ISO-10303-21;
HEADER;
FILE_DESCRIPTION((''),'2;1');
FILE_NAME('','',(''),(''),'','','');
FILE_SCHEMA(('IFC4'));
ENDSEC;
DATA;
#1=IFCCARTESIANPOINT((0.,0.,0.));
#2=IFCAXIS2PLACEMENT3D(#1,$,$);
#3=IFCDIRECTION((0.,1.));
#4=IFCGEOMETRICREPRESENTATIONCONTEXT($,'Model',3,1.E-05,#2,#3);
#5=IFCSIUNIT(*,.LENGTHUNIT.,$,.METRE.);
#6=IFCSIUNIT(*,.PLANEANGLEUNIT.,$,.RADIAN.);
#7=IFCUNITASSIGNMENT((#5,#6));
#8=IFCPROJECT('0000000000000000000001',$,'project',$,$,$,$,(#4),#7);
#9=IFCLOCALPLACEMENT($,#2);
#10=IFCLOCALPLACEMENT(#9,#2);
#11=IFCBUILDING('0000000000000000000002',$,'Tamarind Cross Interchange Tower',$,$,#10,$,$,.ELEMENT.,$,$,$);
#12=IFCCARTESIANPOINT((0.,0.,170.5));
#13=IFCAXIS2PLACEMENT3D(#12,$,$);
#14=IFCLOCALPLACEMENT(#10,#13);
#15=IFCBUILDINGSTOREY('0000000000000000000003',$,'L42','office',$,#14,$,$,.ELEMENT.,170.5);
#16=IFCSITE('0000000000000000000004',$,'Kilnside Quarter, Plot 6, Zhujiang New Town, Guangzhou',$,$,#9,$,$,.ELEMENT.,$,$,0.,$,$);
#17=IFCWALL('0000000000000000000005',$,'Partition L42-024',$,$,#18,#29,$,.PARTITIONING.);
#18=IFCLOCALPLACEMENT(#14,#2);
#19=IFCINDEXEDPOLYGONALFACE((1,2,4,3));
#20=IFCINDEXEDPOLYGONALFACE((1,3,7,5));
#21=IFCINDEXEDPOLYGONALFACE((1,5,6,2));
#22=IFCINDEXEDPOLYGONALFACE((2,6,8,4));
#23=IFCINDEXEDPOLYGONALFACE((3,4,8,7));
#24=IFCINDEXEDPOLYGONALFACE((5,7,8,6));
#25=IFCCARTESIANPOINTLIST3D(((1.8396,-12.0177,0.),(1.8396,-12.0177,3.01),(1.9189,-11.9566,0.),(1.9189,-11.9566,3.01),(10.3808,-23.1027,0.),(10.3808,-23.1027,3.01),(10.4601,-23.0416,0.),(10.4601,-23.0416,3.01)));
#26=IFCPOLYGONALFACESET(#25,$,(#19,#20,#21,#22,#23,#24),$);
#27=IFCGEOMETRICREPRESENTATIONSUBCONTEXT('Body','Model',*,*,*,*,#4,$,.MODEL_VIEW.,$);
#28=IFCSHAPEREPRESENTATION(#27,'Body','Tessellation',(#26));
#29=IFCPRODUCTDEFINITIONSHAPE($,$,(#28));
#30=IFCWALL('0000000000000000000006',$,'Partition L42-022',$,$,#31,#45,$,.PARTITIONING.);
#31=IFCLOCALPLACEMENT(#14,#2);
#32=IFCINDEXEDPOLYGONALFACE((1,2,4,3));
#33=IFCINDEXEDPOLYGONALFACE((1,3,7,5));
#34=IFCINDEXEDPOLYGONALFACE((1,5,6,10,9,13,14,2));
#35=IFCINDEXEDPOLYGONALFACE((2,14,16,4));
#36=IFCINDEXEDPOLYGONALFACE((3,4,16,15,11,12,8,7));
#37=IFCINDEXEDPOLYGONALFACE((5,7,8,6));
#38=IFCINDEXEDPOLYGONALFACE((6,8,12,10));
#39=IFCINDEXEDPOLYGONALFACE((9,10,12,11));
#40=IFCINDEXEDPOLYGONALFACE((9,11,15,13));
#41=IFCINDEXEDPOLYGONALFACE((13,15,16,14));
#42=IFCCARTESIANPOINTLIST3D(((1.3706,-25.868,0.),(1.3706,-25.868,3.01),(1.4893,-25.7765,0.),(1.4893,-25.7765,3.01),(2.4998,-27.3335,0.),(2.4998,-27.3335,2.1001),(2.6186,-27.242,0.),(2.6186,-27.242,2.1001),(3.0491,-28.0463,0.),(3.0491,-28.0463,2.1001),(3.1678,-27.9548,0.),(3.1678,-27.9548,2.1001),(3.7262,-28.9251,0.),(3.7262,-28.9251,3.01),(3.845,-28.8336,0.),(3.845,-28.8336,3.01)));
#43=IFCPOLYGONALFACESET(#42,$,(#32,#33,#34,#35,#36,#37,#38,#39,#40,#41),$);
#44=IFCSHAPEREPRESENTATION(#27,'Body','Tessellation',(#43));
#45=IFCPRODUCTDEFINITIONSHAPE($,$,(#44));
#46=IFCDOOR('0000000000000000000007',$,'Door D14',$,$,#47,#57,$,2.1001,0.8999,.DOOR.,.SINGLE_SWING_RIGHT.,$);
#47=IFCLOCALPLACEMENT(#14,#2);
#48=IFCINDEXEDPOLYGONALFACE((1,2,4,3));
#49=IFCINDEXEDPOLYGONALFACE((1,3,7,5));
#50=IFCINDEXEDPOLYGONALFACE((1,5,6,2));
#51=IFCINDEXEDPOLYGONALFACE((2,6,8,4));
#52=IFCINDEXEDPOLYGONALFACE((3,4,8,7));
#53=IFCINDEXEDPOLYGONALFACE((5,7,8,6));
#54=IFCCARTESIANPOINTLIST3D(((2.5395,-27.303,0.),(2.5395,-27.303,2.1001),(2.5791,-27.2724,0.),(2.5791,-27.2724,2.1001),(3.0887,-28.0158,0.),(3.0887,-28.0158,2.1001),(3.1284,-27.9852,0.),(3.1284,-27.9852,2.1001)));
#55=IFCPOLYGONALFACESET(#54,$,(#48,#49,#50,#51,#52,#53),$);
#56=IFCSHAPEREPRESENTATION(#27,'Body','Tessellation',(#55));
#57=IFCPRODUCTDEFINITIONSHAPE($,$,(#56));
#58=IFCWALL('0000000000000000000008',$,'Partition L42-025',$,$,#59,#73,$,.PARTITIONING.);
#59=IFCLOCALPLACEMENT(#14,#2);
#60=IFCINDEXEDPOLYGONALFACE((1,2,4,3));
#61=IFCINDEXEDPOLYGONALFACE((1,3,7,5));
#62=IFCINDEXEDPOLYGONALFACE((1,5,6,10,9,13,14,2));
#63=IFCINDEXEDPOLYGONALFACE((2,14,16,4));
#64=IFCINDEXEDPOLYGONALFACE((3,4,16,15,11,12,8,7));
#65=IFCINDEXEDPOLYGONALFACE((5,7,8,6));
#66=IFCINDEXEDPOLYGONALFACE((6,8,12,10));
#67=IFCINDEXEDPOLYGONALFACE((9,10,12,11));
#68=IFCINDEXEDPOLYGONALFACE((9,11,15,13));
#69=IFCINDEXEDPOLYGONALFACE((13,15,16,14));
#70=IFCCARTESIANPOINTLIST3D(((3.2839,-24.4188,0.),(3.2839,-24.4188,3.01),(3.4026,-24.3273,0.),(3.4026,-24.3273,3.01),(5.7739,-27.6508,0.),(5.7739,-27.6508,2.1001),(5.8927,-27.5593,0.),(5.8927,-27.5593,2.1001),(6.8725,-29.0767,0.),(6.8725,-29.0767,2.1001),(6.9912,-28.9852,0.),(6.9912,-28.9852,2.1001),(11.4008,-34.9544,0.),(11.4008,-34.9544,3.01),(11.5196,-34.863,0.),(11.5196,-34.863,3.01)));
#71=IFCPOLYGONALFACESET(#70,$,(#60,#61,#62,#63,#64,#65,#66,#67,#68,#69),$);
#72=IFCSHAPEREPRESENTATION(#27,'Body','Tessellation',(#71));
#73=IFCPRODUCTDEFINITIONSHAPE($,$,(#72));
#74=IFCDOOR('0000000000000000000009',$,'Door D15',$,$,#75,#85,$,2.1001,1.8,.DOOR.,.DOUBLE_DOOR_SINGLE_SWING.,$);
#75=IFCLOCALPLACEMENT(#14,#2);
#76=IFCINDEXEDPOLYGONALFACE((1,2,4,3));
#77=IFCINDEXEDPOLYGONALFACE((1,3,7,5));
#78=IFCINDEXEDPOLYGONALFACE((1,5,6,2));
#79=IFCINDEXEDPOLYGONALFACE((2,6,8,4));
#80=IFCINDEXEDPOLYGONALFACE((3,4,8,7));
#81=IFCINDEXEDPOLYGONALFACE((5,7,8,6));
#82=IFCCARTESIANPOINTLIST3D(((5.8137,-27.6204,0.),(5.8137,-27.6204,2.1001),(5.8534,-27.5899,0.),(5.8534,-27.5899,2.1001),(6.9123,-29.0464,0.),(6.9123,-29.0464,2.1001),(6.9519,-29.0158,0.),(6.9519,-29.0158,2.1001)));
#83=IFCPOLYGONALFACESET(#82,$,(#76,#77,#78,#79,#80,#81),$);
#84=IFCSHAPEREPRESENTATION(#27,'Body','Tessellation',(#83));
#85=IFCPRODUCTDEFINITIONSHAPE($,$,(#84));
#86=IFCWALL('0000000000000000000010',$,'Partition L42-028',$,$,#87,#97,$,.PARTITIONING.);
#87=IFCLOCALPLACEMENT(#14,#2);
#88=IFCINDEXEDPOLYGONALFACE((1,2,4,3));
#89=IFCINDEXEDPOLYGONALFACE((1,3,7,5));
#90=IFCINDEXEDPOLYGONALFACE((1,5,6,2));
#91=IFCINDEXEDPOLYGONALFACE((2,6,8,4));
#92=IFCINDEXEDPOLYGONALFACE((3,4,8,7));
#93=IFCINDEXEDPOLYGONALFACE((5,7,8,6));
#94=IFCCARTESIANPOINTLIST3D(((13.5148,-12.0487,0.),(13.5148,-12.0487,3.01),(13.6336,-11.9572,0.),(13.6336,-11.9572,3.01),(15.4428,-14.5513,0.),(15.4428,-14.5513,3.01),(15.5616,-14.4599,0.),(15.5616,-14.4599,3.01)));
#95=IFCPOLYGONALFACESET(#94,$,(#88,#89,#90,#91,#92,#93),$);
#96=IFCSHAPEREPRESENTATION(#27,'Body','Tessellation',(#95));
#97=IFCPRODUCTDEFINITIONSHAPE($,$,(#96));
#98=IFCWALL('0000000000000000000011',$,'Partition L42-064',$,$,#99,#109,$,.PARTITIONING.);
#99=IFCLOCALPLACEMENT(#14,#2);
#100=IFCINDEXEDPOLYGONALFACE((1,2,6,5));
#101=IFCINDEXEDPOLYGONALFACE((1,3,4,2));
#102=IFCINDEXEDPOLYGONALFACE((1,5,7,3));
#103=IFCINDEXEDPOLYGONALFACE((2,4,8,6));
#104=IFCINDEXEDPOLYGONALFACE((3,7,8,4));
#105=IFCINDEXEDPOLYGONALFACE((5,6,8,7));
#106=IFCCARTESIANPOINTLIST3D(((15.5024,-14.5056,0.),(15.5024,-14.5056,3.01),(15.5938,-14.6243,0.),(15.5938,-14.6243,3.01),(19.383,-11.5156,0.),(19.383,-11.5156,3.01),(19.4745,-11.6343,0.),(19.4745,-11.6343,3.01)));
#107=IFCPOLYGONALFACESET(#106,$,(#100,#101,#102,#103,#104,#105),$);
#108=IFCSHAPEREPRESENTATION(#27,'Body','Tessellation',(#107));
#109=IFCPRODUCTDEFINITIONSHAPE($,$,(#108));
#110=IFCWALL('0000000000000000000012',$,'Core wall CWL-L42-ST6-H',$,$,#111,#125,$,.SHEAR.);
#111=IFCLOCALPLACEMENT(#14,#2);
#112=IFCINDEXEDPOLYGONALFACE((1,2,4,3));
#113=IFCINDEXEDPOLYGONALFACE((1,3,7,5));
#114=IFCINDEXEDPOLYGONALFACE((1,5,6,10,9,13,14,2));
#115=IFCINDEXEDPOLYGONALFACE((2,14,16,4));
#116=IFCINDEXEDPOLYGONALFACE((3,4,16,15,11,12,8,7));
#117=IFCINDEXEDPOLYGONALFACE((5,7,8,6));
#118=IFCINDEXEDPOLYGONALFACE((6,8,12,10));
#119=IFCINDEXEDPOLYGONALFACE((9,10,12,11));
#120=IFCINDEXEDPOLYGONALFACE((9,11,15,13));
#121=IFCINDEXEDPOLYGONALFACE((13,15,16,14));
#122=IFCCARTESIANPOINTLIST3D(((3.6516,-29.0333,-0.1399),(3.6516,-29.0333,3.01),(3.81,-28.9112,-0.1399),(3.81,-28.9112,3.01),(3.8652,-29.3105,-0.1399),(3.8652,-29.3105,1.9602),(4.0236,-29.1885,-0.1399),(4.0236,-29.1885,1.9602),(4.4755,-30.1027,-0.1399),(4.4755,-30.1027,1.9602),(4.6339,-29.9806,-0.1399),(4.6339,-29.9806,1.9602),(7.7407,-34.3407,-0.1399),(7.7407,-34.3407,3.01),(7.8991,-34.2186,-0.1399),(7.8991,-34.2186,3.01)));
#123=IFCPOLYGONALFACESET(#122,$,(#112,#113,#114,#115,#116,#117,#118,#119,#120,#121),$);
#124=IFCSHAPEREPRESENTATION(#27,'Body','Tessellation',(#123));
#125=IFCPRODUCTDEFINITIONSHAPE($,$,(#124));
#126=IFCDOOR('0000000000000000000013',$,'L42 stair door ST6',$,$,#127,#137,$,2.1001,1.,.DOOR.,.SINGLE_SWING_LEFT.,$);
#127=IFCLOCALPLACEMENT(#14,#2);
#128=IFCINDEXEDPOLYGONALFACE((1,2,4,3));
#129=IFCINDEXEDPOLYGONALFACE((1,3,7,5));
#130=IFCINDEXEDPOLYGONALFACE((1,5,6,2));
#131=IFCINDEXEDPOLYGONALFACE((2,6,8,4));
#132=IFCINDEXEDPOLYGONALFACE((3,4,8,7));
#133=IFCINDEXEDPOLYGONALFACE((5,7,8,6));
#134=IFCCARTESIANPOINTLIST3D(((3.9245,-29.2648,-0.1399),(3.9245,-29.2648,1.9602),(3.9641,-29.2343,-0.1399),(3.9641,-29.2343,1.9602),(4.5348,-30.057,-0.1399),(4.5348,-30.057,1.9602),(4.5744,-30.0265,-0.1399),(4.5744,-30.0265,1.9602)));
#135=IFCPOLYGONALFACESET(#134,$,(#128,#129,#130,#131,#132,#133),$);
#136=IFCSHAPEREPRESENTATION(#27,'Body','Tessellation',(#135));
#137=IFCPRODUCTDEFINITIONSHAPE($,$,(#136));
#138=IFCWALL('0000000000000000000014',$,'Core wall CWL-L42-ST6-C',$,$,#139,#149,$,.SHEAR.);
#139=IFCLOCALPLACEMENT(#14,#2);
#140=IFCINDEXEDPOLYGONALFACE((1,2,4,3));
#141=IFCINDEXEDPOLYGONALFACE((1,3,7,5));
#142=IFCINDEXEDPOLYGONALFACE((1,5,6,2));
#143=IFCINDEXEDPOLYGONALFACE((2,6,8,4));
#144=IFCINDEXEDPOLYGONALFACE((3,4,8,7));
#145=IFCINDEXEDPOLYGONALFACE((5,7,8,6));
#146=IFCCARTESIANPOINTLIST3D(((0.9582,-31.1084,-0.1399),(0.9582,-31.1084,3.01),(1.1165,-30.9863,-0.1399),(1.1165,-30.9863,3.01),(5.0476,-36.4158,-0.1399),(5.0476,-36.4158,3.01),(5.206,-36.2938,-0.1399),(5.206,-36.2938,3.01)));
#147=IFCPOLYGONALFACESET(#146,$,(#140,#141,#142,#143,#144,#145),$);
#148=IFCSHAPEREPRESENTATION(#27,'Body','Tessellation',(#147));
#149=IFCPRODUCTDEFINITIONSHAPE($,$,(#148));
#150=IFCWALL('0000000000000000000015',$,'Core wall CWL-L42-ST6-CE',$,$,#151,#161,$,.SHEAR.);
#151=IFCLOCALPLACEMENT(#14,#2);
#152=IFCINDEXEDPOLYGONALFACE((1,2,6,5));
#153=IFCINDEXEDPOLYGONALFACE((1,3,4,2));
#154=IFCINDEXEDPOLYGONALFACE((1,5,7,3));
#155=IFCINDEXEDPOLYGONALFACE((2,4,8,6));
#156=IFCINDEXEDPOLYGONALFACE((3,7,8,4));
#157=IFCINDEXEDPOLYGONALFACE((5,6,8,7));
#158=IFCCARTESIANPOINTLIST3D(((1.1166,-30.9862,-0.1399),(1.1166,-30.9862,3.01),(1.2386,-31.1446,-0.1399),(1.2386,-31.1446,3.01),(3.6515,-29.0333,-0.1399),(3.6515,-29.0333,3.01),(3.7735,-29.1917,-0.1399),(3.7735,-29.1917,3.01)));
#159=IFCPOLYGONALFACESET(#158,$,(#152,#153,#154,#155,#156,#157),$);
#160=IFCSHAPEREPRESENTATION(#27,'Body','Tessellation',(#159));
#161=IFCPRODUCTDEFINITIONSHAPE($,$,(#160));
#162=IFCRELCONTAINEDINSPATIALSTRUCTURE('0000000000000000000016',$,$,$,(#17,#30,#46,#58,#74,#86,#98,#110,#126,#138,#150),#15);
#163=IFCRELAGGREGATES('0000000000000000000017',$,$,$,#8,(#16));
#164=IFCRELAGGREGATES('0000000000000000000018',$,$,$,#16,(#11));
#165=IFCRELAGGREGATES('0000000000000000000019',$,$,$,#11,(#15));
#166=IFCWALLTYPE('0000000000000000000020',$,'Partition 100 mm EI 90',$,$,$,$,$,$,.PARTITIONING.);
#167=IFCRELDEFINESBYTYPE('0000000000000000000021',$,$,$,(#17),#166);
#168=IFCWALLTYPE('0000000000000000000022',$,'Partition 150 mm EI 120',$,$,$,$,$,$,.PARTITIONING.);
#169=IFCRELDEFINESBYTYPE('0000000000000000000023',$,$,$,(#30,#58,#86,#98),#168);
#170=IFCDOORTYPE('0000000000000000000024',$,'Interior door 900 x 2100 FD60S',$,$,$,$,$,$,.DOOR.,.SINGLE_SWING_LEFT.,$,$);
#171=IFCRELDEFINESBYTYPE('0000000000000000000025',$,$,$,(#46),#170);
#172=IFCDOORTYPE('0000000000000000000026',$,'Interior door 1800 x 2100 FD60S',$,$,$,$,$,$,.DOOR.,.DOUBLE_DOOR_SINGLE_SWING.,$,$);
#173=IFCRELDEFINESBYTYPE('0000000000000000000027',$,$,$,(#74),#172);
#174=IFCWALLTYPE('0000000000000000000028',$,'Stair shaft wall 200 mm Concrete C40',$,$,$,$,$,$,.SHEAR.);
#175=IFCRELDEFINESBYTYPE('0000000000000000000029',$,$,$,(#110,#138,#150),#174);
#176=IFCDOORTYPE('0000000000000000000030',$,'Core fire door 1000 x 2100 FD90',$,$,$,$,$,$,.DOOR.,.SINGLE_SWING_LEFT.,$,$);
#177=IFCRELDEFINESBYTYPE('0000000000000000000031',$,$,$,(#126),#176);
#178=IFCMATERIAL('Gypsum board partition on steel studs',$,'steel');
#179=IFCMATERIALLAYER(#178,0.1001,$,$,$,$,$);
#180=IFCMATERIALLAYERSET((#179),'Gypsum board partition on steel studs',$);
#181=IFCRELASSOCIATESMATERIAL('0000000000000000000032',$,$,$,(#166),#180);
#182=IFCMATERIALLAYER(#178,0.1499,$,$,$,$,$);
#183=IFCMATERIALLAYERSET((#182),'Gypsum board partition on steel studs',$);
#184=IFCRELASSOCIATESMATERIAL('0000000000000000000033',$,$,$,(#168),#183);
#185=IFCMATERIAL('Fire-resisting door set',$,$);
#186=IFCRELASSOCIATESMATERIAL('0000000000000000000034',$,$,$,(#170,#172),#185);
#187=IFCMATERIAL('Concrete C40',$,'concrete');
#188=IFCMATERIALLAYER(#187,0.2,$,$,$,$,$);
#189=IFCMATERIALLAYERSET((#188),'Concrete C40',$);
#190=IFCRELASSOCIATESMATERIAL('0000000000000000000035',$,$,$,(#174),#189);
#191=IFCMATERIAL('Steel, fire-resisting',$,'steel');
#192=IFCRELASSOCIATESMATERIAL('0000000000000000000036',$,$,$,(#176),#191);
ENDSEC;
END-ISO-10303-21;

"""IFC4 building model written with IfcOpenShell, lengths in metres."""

from ifc_helpers import new_model, si_unit, direction, frame, frame_2d, origin, place, context, subcontext, project, spatial, rectangle, extrude, material, layer, layer_set, type_object, element, fill, save


model = new_model("IFC4")

# Units and contexts
model_context = context("Model", 3, precision=1e-05, world=origin(), true_north=direction((0.0, 1.0)))
body_context = subcontext(model_context, "Body", "Model", "MODEL_VIEW")
ifc_project = project(units=[si_unit("LENGTHUNIT", "METRE"), si_unit("PLANEANGLEUNIT", "RADIAN")], contexts=[model_context])

# Site, building, storey
site_placement = place(None, origin())
site = spatial("IfcSite", under=ifc_project, at=site_placement, Name="Kilnside Quarter, Plot 6, Zhujiang New Town, Guangzhou", CompositionType="ELEMENT", RefElevation=0.0)
building_placement = place(site_placement, origin())
building = spatial("IfcBuilding", under=site, at=building_placement, Name="Tamarind Cross Interchange Tower", CompositionType="ELEMENT")
storey_placement = place(building_placement, frame((0.0, 0.0, 170.5)))
storey = spatial("IfcBuildingStorey", under=building, at=storey_placement, Name="L42", Description="office", CompositionType="ELEMENT", Elevation=170.5)

# Wall
ifc_material_1 = material(Name="Gypsum board partition on steel studs", Category="steel")
ifc_layer_1 = layer(ifc_material_1, 0.1001)
ifc_layer_set_1 = layer_set([ifc_layer_1], Name="Gypsum board partition on steel studs")
wall_type_1 = type_object("IfcWallType", Name="Partition 100 mm EI 90", PredefinedType="PARTITIONING", material=ifc_layer_set_1)
wall_1_placement = place(storey_placement, frame((1.8792, -11.9871, 0.0), z_axis=(0.0, 0.0, 1.0), x_axis=(0.610356, -0.792128, 0.0)))
element("IfcWall", 1, at=wall_1_placement, inside=storey, type_object=wall_type_1, Name="Partition L42-024", PredefinedType="PARTITIONING", context=body_context, shape_type="SweptSolid", body=[
    extrude(rectangle(XDim=13.9939, YDim=0.1001, at=frame_2d((6.9971, 0.0))), origin(), (0.0, 0.0, 1.0), 3.01),
])

# Walls, openings, doors
ifc_layer_2 = layer(ifc_material_1, 0.1499)
ifc_layer_set_2 = layer_set([ifc_layer_2], Name="Gypsum board partition on steel studs")
wall_type_2 = type_object("IfcWallType", Name="Partition 150 mm EI 120", PredefinedType="PARTITIONING", material=ifc_layer_set_2)
wall_2_placement = place(storey_placement, frame((1.4299, -25.8223, 0.0), z_axis=(0.0, 0.0, 1.0), x_axis=(0.610374, -0.792113, 0.0)))
wall_2 = element("IfcWall", 2, at=wall_2_placement, inside=storey, type_object=wall_type_2, Name="Partition L42-022", PredefinedType="PARTITIONING", context=body_context, shape_type="SweptSolid", body=[
    extrude(rectangle(XDim=3.8594, YDim=0.1499, at=frame_2d((1.9297, 0.0))), origin(), (0.0, 0.0, 1.0), 3.01),
])
opening_1_placement = place(wall_2_placement, frame((1.8501, 0.0, 0.0)))
opening_1 = element("IfcOpeningElement", 3, at=opening_1_placement, cuts=wall_2, PredefinedType="OPENING", context=body_context, shape_type="SweptSolid", body=[
    extrude(rectangle(XDim=0.8999, YDim=2.1001, at=frame_2d((0.45, 1.05))), frame((0.0, 0.085, 0.0), z_axis=(0.0, -1.0, 0.0), x_axis=(1.0, 0.0, 0.0)), (0.0, 0.0, 1.0), 0.1699),
])
ifc_material_2 = material(Name="Fire-resisting door set")
door_type_1 = type_object("IfcDoorType", Name="Interior door 900 x 2100 FD60S", OperationType="SINGLE_SWING_LEFT", PredefinedType="DOOR", material=ifc_material_2)
door_1_placement = place(opening_1_placement, frame((0.8999, 0.0, 0.0), z_axis=(0.0, 0.0, 1.0), x_axis=(-1.0, 0.0, 0.0)))
door_1 = element("IfcDoor", 4, at=door_1_placement, inside=storey, type_object=door_type_1, Name="Door D14", OperationType="SINGLE_SWING_RIGHT", OverallHeight=2.1001, OverallWidth=0.8999, PredefinedType="DOOR", context=body_context, shape_type="SweptSolid", body=[
    extrude(rectangle(XDim=0.8999, YDim=2.1001, at=frame_2d((0.45, 1.05))), frame((0.0, 0.0249, 0.0), z_axis=(0.0, -1.0, 0.0), x_axis=(1.0, 0.0, 0.0)), (0.0, 0.0, 1.0), 0.05),
])
fill(opening_1, door_1)
wall_3_placement = place(storey_placement, frame((3.3433, -24.373, 0.0), z_axis=(0.0, 0.0, 1.0), x_axis=(0.610306, -0.792166, 0.0)))
wall_3 = element("IfcWall", 5, at=wall_3_placement, inside=storey, type_object=wall_type_2, Name="Partition L42-025", PredefinedType="PARTITIONING", context=body_context, shape_type="SweptSolid", body=[
    extrude(rectangle(XDim=13.2998, YDim=0.1499, at=frame_2d((6.6499, 0.0))), origin(), (0.0, 0.0, 1.0), 3.01),
])
opening_2_placement = place(wall_3_placement, frame((4.0801, 0.0, 0.0)))
opening_2 = element("IfcOpeningElement", 6, at=opening_2_placement, cuts=wall_3, PredefinedType="OPENING", context=body_context, shape_type="SweptSolid", body=[
    extrude(rectangle(XDim=1.8, YDim=2.1001, at=frame_2d((0.8999, 1.05))), frame((0.0, 0.085, 0.0), z_axis=(0.0, -1.0, 0.0), x_axis=(1.0, 0.0, 0.0)), (0.0, 0.0, 1.0), 0.1699),
])
door_type_2 = type_object("IfcDoorType", Name="Interior door 1800 x 2100 FD60S", OperationType="DOUBLE_DOOR_SINGLE_SWING", PredefinedType="DOOR", material=ifc_material_2)
door_2_placement = place(opening_2_placement, frame((1.8, 0.0, 0.0), z_axis=(0.0, 0.0, 1.0), x_axis=(-1.0, 0.0, 0.0)))
door_2 = element("IfcDoor", 7, at=door_2_placement, inside=storey, type_object=door_type_2, Name="Door D15", OperationType="DOUBLE_DOOR_SINGLE_SWING", OverallHeight=2.1001, OverallWidth=1.8, PredefinedType="DOOR", context=body_context, shape_type="SweptSolid", body=[
    extrude(rectangle(XDim=1.8, YDim=2.1001, at=frame_2d((0.8999, 1.05))), frame((0.0, 0.0249, 0.0), z_axis=(0.0, -1.0, 0.0), x_axis=(1.0, 0.0, 0.0)), (0.0, 0.0, 1.0), 0.05),
])
fill(opening_2, door_2)

# Walls
wall_4_placement = place(storey_placement, frame((13.5742, -12.0029, 0.0), z_axis=(0.0, 0.0, 1.0), x_axis=(0.610275, -0.79219, 0.0)))
element("IfcWall", 8, at=wall_4_placement, inside=storey, type_object=wall_type_2, Name="Partition L42-028", PredefinedType="PARTITIONING", context=body_context, shape_type="SweptSolid", body=[
    extrude(rectangle(XDim=3.1592, YDim=0.1499, at=frame_2d((1.5796, 0.0))), origin(), (0.0, 0.0, 1.0), 3.01),
])
wall_5_placement = place(storey_placement, frame((15.5481, -14.5649, 0.0), z_axis=(0.0, 0.0, 1.0), x_axis=(0.79214, 0.610339, 0.0)))
element("IfcWall", 9, at=wall_5_placement, inside=storey, type_object=wall_type_2, Name="Partition L42-064", PredefinedType="PARTITIONING", context=body_context, shape_type="SweptSolid", body=[
    extrude(rectangle(XDim=4.8989, YDim=0.1499, at=frame_2d((2.4495, 0.0))), origin(), (0.0, 0.0, 1.0), 3.01),
])

# Wall, opening, door
ifc_material_3 = material(Name="Concrete C40", Category="concrete")
ifc_layer_3 = layer(ifc_material_3, 0.2)
ifc_layer_set_3 = layer_set([ifc_layer_3], Name="Concrete C40")
wall_type_3 = type_object("IfcWallType", Name="Stair shaft wall 200 mm Concrete C40", PredefinedType="SHEAR", material=ifc_layer_set_3)
wall_6_placement = place(storey_placement, frame((3.7307, -28.9722, -0.1399), z_axis=(0.0, 0.0, 1.0), x_axis=(0.610322, -0.792154, 0.0)))
wall_6 = element("IfcWall", 10, at=wall_6_placement, inside=storey, type_object=wall_type_3, Name="Core wall CWL-L42-ST6-H", PredefinedType="SHEAR", context=body_context, shape_type="SweptSolid", body=[
    extrude(rectangle(XDim=6.7, YDim=0.2, at=frame_2d((3.3501, 0.0))), origin(), (0.0, 0.0, 1.0), 3.1499),
])
opening_3_placement = place(wall_6_placement, frame((0.3501, 0.0, 0.0)))
opening_3 = element("IfcOpeningElement", 11, at=opening_3_placement, cuts=wall_6, PredefinedType="OPENING", context=body_context, shape_type="SweptSolid", body=[
    extrude(rectangle(XDim=1.0, YDim=2.1001, at=frame_2d((0.5, 1.05))), frame((0.0, 0.1099, 0.0), z_axis=(0.0, -1.0, 0.0), x_axis=(1.0, 0.0, 0.0)), (0.0, 0.0, 1.0), 0.22),
])
ifc_material_4 = material(Name="Steel, fire-resisting", Category="steel")
door_type_3 = type_object("IfcDoorType", Name="Core fire door 1000 x 2100 FD90", OperationType="SINGLE_SWING_LEFT", PredefinedType="DOOR", material=ifc_material_4)
door_3_placement = place(opening_3_placement, origin())
door_3 = element("IfcDoor", 12, at=door_3_placement, inside=storey, type_object=door_type_3, Name="L42 stair door ST6", OperationType="SINGLE_SWING_LEFT", OverallHeight=2.1001, OverallWidth=1.0, PredefinedType="DOOR", context=body_context, shape_type="SweptSolid", body=[
    extrude(rectangle(XDim=1.0, YDim=2.1001, at=frame_2d((0.5, 1.05))), frame((0.0, 0.0249, 0.0), z_axis=(0.0, -1.0, 0.0), x_axis=(1.0, 0.0, 0.0)), (0.0, 0.0, 1.0), 0.05),
])
fill(opening_3, door_3)

# Walls
wall_7_placement = place(storey_placement, frame((1.0374, -31.0474, -0.1399), z_axis=(0.0, 0.0, 1.0), x_axis=(0.610345, -0.792136, 0.0)))
element("IfcWall", 13, at=wall_7_placement, inside=storey, type_object=wall_type_3, Name="Core wall CWL-L42-ST6-C", PredefinedType="SHEAR", context=body_context, shape_type="SweptSolid", body=[
    extrude(rectangle(XDim=6.7002, YDim=0.2, at=frame_2d((3.3501, 0.0))), origin(), (0.0, 0.0, 1.0), 3.1499),
])
wall_8_placement = place(storey_placement, frame((1.1775, -31.0654, -0.1399), z_axis=(0.0, 0.0, 1.0), x_axis=(0.792178, 0.610289, 0.0)))
element("IfcWall", 14, at=wall_8_placement, inside=storey, type_object=wall_type_3, Name="Core wall CWL-L42-ST6-CE", PredefinedType="SHEAR", context=body_context, shape_type="SweptSolid", body=[
    extrude(rectangle(XDim=3.2, YDim=0.2, at=frame_2d((1.6001, 0.0))), origin(), (0.0, 0.0, 1.0), 3.1499),
])

save(model, "model.ifc")
